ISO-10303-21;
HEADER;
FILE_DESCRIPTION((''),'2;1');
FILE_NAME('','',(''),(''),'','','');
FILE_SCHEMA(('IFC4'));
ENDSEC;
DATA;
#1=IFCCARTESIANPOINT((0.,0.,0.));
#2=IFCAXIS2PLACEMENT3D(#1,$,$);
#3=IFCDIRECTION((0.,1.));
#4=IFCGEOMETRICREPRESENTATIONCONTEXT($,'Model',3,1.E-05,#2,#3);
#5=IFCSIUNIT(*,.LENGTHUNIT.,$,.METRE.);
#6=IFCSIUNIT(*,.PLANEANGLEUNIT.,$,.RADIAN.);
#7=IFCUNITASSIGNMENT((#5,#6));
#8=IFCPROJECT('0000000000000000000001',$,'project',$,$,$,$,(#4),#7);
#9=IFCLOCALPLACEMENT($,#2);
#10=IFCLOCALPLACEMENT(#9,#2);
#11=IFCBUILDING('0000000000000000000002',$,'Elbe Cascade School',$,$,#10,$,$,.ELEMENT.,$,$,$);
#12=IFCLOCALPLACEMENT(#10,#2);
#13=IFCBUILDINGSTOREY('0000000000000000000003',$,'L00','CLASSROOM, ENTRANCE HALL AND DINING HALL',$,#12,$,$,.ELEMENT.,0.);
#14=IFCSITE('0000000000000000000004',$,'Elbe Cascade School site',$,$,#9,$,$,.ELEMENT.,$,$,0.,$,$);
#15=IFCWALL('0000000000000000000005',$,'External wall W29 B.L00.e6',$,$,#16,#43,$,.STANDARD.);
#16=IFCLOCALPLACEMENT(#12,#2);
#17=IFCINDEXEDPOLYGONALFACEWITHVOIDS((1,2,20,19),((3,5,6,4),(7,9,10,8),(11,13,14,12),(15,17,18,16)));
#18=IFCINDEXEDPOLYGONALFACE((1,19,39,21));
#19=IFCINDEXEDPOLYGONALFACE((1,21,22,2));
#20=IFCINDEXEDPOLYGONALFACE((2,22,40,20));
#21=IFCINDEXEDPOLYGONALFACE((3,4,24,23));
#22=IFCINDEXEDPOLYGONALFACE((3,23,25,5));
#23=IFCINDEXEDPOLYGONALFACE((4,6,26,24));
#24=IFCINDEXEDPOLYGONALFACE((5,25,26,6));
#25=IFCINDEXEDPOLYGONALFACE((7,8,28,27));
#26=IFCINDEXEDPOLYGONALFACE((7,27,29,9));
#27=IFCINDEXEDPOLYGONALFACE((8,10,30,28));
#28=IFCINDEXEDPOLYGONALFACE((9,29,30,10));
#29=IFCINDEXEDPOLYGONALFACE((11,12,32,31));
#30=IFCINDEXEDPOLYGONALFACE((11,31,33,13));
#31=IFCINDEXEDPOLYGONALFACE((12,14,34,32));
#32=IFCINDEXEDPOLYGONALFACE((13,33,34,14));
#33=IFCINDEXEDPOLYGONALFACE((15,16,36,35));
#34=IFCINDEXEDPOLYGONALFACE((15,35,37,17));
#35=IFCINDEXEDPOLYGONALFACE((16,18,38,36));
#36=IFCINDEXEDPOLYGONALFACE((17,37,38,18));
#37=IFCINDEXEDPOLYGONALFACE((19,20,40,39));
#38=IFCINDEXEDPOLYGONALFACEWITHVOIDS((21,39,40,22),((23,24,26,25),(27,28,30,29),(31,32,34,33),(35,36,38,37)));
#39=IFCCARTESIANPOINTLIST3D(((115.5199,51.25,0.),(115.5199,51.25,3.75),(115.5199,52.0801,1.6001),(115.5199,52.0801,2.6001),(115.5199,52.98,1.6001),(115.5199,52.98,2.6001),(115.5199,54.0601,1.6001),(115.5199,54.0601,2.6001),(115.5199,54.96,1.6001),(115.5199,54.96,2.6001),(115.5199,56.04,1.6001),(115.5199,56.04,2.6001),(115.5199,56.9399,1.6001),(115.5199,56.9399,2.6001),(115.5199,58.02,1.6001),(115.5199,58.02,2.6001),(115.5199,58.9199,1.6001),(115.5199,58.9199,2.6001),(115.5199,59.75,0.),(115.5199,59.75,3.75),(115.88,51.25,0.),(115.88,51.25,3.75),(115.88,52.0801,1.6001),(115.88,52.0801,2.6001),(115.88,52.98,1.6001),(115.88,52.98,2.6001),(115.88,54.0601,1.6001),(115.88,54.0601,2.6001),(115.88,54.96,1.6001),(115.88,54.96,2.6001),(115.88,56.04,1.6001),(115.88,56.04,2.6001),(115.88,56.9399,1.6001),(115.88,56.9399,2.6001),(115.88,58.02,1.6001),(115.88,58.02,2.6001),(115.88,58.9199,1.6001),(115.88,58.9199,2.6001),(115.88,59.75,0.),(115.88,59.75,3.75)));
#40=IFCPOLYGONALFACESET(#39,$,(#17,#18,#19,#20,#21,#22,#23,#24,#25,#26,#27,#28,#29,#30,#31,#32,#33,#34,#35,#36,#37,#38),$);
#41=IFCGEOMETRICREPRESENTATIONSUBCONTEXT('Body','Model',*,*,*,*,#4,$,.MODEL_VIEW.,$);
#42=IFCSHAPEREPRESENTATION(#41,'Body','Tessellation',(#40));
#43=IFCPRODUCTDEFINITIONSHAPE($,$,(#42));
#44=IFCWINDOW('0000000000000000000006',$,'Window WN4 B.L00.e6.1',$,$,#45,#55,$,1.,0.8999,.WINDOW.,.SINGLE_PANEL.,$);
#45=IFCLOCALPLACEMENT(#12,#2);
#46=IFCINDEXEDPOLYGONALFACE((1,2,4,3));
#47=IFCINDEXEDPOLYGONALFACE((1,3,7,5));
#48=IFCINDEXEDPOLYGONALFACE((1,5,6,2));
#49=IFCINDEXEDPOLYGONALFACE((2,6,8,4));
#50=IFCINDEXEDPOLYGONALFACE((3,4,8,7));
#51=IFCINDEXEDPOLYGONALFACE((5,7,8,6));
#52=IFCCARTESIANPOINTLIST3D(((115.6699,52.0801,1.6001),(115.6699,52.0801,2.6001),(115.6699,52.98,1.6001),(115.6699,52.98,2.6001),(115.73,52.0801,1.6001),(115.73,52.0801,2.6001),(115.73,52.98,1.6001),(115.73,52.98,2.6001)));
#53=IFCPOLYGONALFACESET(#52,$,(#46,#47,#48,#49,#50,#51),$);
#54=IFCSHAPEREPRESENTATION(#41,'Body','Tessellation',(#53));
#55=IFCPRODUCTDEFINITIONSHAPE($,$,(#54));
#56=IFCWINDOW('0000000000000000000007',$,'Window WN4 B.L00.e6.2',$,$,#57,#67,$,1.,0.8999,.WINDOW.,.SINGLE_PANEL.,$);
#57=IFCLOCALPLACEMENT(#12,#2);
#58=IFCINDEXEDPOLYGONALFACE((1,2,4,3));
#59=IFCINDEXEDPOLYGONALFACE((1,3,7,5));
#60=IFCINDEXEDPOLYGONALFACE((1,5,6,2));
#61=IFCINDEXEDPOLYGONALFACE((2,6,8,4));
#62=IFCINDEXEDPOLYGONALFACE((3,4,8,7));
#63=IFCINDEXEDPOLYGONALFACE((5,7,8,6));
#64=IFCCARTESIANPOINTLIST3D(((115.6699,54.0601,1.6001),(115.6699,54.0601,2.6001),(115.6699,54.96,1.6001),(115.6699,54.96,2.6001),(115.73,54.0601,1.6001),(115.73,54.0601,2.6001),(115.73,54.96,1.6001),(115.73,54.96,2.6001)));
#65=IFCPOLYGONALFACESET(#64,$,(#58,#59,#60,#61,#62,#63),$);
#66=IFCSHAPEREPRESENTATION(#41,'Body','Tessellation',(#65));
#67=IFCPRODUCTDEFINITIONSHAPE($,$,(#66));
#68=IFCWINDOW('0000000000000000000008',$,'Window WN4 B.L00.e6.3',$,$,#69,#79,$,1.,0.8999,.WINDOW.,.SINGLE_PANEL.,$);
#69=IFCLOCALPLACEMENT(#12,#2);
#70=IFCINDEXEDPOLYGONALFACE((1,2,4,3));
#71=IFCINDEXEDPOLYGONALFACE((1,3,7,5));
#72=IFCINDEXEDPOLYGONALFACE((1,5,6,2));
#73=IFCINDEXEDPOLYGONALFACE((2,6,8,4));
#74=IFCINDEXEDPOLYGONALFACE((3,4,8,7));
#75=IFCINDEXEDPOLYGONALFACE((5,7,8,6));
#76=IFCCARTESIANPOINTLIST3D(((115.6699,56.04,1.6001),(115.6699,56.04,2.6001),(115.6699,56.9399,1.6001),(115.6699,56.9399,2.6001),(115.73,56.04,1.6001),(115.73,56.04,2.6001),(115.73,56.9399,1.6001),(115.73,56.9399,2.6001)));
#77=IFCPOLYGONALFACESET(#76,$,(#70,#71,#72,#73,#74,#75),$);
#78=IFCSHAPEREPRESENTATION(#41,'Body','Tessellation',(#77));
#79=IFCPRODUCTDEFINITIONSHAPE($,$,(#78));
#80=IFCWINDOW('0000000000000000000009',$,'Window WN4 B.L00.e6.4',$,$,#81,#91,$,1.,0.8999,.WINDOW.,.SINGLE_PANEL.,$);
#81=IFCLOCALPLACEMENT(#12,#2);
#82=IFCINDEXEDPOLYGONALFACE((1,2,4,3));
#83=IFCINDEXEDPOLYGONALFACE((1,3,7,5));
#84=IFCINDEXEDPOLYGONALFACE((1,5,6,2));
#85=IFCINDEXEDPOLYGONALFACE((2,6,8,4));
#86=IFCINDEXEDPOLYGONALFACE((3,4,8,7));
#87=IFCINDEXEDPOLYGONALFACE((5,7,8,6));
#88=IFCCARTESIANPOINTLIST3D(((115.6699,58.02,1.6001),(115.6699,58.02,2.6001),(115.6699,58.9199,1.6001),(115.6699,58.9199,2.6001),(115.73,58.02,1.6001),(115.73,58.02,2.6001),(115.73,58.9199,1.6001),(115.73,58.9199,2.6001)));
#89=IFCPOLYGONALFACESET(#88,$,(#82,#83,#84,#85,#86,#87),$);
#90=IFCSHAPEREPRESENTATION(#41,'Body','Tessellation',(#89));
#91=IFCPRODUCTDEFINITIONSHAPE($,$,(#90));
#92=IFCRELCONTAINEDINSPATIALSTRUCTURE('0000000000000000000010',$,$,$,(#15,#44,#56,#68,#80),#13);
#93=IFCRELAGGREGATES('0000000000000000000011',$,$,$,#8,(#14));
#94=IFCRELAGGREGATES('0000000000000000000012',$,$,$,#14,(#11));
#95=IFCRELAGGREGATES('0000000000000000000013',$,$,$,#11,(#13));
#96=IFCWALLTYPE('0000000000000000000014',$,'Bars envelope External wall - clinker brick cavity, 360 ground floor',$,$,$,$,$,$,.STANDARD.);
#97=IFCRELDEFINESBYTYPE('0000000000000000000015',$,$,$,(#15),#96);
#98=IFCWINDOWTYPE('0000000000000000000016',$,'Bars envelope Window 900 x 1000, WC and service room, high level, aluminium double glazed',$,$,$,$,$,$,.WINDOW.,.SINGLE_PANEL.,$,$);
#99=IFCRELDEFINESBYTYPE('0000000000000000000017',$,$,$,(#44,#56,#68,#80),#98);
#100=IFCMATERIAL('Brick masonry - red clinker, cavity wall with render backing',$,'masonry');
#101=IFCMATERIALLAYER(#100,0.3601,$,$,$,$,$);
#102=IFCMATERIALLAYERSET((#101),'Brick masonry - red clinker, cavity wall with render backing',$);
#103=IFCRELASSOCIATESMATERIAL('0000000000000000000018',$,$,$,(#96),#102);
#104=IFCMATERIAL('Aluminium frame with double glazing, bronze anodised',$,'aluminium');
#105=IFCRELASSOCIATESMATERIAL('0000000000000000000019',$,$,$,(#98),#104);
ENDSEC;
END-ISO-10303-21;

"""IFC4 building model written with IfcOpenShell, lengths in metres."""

from ifc_helpers import new_model, si_unit, direction, frame, frame_2d, origin, place, context, subcontext, project, spatial, rectangle, extrude, material, layer, layer_set, type_object, element, fill, save


model = new_model("IFC4")

# Units and contexts
model_context = context("Model", 3, precision=1e-05, world=origin(), true_north=direction((0.0, 1.0)))
body_context = subcontext(model_context, "Body", "Model", "MODEL_VIEW")
ifc_project = project(units=[si_unit("LENGTHUNIT", "METRE"), si_unit("PLANEANGLEUNIT", "RADIAN")], contexts=[model_context])

# Site, building, storey
site_placement = place(None, origin())
site = spatial("IfcSite", under=ifc_project, at=site_placement, Name="Elbe Cascade School site", CompositionType="ELEMENT", RefElevation=0.0)
building_placement = place(site_placement, origin())
building = spatial("IfcBuilding", under=site, at=building_placement, Name="Elbe Cascade School", CompositionType="ELEMENT")
storey_placement = place(building_placement, origin())
storey = spatial("IfcBuildingStorey", under=building, at=storey_placement, Name="L00", Description="CLASSROOM, ENTRANCE HALL AND DINING HALL", CompositionType="ELEMENT", Elevation=0.0)

# Wall, openings, windows
ifc_material_1 = material(Name="Brick masonry - red clinker, cavity wall with render backing", Category="masonry")
ifc_layer_1 = layer(ifc_material_1, 0.3601)
ifc_layer_set_1 = layer_set([ifc_layer_1], Name="Brick masonry - red clinker, cavity wall with render backing")
wall_type = type_object("IfcWallType", Name="Bars envelope External wall - clinker brick cavity, 360 ground floor", PredefinedType="STANDARD", material=ifc_layer_set_1)
wall_placement = place(storey_placement, frame((115.7, 59.75, 0.0), z_axis=(0.0, 0.0, 1.0), x_axis=(0.0, -1.0, 0.0)))
wall = element("IfcWall", 1, at=wall_placement, inside=storey, type_object=wall_type, Name="External wall W29 B.L00.e6", PredefinedType="STANDARD", context=body_context, shape_type="SweptSolid", body=[
    extrude(rectangle(XDim=8.5, YDim=0.3601, at=frame_2d((4.25, 0.0))), origin(), (0.0, 0.0, 1.0), 3.75),
])
opening_1_placement = place(wall_placement, frame((6.77, 0.0, 1.6001)))
opening_1 = element("IfcOpeningElement", 2, at=opening_1_placement, cuts=wall, PredefinedType="OPENING", context=body_context, shape_type="SweptSolid", body=[
    extrude(rectangle(XDim=0.8999, YDim=1.0, at=frame_2d((0.45, 0.5))), frame((0.0, 0.1899, 0.0), z_axis=(0.0, -1.0, 0.0), x_axis=(1.0, 0.0, 0.0)), (0.0, 0.0, 1.0), 0.3801),
])
opening_2_placement = place(wall_placement, frame((4.79, 0.0, 1.6001)))
opening_2 = element("IfcOpeningElement", 3, at=opening_2_placement, cuts=wall, PredefinedType="OPENING", context=body_context, shape_type="SweptSolid", body=[
    extrude(rectangle(XDim=0.8999, YDim=1.0, at=frame_2d((0.45, 0.5))), frame((0.0, 0.1899, 0.0), z_axis=(0.0, -1.0, 0.0), x_axis=(1.0, 0.0, 0.0)), (0.0, 0.0, 1.0), 0.3801),
])
opening_3_placement = place(wall_placement, frame((2.8101, 0.0, 1.6001)))
opening_3 = element("IfcOpeningElement", 4, at=opening_3_placement, cuts=wall, PredefinedType="OPENING", context=body_context, shape_type="SweptSolid", body=[
    extrude(rectangle(XDim=0.8999, YDim=1.0, at=frame_2d((0.45, 0.5))), frame((0.0, 0.1899, 0.0), z_axis=(0.0, -1.0, 0.0), x_axis=(1.0, 0.0, 0.0)), (0.0, 0.0, 1.0), 0.3801),
])
opening_4_placement = place(wall_placement, frame((0.8301, 0.0, 1.6001)))
opening_4 = element("IfcOpeningElement", 5, at=opening_4_placement, cuts=wall, PredefinedType="OPENING", context=body_context, shape_type="SweptSolid", body=[
    extrude(rectangle(XDim=0.8999, YDim=1.0, at=frame_2d((0.45, 0.5))), frame((0.0, 0.1899, 0.0), z_axis=(0.0, -1.0, 0.0), x_axis=(1.0, 0.0, 0.0)), (0.0, 0.0, 1.0), 0.3801),
])
ifc_material_2 = material(Name="Aluminium frame with double glazing, bronze anodised", Category="aluminium")
window_type = type_object("IfcWindowType", Name="Bars envelope Window 900 x 1000, WC and service room, high level, aluminium double glazed", PartitioningType="SINGLE_PANEL", PredefinedType="WINDOW", material=ifc_material_2)
window_1_placement = place(opening_1_placement, origin())
window_1 = element("IfcWindow", 6, at=window_1_placement, inside=storey, type_object=window_type, Name="Window WN4 B.L00.e6.1", OverallHeight=1.0, OverallWidth=0.8999, PartitioningType="SINGLE_PANEL", PredefinedType="WINDOW", context=body_context, shape_type="SweptSolid", body=[
    extrude(rectangle(XDim=0.8999, YDim=1.0, at=frame_2d((0.45, 0.5))), frame((0.0, 0.03, 0.0), z_axis=(0.0, -1.0, 0.0), x_axis=(1.0, 0.0, 0.0)), (0.0, 0.0, 1.0), 0.0601),
])
fill(opening_1, window_1)
window_2_placement = place(opening_2_placement, origin())
window_2 = element("IfcWindow", 7, at=window_2_placement, inside=storey, type_object=window_type, Name="Window WN4 B.L00.e6.2", OverallHeight=1.0, OverallWidth=0.8999, PartitioningType="SINGLE_PANEL", PredefinedType="WINDOW", context=body_context, shape_type="SweptSolid", body=[
    extrude(rectangle(XDim=0.8999, YDim=1.0, at=frame_2d((0.45, 0.5))), frame((0.0, 0.03, 0.0), z_axis=(0.0, -1.0, 0.0), x_axis=(1.0, 0.0, 0.0)), (0.0, 0.0, 1.0), 0.0601),
])
fill(opening_2, window_2)
window_3_placement = place(opening_3_placement, origin())
window_3 = element("IfcWindow", 8, at=window_3_placement, inside=storey, type_object=window_type, Name="Window WN4 B.L00.e6.3", OverallHeight=1.0, OverallWidth=0.8999, PartitioningType="SINGLE_PANEL", PredefinedType="WINDOW", context=body_context, shape_type="SweptSolid", body=[
    extrude(rectangle(XDim=0.8999, YDim=1.0, at=frame_2d((0.45, 0.5))), frame((0.0, 0.03, 0.0), z_axis=(0.0, -1.0, 0.0), x_axis=(1.0, 0.0, 0.0)), (0.0, 0.0, 1.0), 0.0601),
])
fill(opening_3, window_3)
window_4_placement = place(opening_4_placement, origin())
window_4 = element("IfcWindow", 9, at=window_4_placement, inside=storey, type_object=window_type, Name="Window WN4 B.L00.e6.4", OverallHeight=1.0, OverallWidth=0.8999, PartitioningType="SINGLE_PANEL", PredefinedType="WINDOW", context=body_context, shape_type="SweptSolid", body=[
    extrude(rectangle(XDim=0.8999, YDim=1.0, at=frame_2d((0.45, 0.5))), frame((0.0, 0.03, 0.0), z_axis=(0.0, -1.0, 0.0), x_axis=(1.0, 0.0, 0.0)), (0.0, 0.0, 1.0), 0.0601),
])
fill(opening_4, window_4)

save(model, "model.ifc")
